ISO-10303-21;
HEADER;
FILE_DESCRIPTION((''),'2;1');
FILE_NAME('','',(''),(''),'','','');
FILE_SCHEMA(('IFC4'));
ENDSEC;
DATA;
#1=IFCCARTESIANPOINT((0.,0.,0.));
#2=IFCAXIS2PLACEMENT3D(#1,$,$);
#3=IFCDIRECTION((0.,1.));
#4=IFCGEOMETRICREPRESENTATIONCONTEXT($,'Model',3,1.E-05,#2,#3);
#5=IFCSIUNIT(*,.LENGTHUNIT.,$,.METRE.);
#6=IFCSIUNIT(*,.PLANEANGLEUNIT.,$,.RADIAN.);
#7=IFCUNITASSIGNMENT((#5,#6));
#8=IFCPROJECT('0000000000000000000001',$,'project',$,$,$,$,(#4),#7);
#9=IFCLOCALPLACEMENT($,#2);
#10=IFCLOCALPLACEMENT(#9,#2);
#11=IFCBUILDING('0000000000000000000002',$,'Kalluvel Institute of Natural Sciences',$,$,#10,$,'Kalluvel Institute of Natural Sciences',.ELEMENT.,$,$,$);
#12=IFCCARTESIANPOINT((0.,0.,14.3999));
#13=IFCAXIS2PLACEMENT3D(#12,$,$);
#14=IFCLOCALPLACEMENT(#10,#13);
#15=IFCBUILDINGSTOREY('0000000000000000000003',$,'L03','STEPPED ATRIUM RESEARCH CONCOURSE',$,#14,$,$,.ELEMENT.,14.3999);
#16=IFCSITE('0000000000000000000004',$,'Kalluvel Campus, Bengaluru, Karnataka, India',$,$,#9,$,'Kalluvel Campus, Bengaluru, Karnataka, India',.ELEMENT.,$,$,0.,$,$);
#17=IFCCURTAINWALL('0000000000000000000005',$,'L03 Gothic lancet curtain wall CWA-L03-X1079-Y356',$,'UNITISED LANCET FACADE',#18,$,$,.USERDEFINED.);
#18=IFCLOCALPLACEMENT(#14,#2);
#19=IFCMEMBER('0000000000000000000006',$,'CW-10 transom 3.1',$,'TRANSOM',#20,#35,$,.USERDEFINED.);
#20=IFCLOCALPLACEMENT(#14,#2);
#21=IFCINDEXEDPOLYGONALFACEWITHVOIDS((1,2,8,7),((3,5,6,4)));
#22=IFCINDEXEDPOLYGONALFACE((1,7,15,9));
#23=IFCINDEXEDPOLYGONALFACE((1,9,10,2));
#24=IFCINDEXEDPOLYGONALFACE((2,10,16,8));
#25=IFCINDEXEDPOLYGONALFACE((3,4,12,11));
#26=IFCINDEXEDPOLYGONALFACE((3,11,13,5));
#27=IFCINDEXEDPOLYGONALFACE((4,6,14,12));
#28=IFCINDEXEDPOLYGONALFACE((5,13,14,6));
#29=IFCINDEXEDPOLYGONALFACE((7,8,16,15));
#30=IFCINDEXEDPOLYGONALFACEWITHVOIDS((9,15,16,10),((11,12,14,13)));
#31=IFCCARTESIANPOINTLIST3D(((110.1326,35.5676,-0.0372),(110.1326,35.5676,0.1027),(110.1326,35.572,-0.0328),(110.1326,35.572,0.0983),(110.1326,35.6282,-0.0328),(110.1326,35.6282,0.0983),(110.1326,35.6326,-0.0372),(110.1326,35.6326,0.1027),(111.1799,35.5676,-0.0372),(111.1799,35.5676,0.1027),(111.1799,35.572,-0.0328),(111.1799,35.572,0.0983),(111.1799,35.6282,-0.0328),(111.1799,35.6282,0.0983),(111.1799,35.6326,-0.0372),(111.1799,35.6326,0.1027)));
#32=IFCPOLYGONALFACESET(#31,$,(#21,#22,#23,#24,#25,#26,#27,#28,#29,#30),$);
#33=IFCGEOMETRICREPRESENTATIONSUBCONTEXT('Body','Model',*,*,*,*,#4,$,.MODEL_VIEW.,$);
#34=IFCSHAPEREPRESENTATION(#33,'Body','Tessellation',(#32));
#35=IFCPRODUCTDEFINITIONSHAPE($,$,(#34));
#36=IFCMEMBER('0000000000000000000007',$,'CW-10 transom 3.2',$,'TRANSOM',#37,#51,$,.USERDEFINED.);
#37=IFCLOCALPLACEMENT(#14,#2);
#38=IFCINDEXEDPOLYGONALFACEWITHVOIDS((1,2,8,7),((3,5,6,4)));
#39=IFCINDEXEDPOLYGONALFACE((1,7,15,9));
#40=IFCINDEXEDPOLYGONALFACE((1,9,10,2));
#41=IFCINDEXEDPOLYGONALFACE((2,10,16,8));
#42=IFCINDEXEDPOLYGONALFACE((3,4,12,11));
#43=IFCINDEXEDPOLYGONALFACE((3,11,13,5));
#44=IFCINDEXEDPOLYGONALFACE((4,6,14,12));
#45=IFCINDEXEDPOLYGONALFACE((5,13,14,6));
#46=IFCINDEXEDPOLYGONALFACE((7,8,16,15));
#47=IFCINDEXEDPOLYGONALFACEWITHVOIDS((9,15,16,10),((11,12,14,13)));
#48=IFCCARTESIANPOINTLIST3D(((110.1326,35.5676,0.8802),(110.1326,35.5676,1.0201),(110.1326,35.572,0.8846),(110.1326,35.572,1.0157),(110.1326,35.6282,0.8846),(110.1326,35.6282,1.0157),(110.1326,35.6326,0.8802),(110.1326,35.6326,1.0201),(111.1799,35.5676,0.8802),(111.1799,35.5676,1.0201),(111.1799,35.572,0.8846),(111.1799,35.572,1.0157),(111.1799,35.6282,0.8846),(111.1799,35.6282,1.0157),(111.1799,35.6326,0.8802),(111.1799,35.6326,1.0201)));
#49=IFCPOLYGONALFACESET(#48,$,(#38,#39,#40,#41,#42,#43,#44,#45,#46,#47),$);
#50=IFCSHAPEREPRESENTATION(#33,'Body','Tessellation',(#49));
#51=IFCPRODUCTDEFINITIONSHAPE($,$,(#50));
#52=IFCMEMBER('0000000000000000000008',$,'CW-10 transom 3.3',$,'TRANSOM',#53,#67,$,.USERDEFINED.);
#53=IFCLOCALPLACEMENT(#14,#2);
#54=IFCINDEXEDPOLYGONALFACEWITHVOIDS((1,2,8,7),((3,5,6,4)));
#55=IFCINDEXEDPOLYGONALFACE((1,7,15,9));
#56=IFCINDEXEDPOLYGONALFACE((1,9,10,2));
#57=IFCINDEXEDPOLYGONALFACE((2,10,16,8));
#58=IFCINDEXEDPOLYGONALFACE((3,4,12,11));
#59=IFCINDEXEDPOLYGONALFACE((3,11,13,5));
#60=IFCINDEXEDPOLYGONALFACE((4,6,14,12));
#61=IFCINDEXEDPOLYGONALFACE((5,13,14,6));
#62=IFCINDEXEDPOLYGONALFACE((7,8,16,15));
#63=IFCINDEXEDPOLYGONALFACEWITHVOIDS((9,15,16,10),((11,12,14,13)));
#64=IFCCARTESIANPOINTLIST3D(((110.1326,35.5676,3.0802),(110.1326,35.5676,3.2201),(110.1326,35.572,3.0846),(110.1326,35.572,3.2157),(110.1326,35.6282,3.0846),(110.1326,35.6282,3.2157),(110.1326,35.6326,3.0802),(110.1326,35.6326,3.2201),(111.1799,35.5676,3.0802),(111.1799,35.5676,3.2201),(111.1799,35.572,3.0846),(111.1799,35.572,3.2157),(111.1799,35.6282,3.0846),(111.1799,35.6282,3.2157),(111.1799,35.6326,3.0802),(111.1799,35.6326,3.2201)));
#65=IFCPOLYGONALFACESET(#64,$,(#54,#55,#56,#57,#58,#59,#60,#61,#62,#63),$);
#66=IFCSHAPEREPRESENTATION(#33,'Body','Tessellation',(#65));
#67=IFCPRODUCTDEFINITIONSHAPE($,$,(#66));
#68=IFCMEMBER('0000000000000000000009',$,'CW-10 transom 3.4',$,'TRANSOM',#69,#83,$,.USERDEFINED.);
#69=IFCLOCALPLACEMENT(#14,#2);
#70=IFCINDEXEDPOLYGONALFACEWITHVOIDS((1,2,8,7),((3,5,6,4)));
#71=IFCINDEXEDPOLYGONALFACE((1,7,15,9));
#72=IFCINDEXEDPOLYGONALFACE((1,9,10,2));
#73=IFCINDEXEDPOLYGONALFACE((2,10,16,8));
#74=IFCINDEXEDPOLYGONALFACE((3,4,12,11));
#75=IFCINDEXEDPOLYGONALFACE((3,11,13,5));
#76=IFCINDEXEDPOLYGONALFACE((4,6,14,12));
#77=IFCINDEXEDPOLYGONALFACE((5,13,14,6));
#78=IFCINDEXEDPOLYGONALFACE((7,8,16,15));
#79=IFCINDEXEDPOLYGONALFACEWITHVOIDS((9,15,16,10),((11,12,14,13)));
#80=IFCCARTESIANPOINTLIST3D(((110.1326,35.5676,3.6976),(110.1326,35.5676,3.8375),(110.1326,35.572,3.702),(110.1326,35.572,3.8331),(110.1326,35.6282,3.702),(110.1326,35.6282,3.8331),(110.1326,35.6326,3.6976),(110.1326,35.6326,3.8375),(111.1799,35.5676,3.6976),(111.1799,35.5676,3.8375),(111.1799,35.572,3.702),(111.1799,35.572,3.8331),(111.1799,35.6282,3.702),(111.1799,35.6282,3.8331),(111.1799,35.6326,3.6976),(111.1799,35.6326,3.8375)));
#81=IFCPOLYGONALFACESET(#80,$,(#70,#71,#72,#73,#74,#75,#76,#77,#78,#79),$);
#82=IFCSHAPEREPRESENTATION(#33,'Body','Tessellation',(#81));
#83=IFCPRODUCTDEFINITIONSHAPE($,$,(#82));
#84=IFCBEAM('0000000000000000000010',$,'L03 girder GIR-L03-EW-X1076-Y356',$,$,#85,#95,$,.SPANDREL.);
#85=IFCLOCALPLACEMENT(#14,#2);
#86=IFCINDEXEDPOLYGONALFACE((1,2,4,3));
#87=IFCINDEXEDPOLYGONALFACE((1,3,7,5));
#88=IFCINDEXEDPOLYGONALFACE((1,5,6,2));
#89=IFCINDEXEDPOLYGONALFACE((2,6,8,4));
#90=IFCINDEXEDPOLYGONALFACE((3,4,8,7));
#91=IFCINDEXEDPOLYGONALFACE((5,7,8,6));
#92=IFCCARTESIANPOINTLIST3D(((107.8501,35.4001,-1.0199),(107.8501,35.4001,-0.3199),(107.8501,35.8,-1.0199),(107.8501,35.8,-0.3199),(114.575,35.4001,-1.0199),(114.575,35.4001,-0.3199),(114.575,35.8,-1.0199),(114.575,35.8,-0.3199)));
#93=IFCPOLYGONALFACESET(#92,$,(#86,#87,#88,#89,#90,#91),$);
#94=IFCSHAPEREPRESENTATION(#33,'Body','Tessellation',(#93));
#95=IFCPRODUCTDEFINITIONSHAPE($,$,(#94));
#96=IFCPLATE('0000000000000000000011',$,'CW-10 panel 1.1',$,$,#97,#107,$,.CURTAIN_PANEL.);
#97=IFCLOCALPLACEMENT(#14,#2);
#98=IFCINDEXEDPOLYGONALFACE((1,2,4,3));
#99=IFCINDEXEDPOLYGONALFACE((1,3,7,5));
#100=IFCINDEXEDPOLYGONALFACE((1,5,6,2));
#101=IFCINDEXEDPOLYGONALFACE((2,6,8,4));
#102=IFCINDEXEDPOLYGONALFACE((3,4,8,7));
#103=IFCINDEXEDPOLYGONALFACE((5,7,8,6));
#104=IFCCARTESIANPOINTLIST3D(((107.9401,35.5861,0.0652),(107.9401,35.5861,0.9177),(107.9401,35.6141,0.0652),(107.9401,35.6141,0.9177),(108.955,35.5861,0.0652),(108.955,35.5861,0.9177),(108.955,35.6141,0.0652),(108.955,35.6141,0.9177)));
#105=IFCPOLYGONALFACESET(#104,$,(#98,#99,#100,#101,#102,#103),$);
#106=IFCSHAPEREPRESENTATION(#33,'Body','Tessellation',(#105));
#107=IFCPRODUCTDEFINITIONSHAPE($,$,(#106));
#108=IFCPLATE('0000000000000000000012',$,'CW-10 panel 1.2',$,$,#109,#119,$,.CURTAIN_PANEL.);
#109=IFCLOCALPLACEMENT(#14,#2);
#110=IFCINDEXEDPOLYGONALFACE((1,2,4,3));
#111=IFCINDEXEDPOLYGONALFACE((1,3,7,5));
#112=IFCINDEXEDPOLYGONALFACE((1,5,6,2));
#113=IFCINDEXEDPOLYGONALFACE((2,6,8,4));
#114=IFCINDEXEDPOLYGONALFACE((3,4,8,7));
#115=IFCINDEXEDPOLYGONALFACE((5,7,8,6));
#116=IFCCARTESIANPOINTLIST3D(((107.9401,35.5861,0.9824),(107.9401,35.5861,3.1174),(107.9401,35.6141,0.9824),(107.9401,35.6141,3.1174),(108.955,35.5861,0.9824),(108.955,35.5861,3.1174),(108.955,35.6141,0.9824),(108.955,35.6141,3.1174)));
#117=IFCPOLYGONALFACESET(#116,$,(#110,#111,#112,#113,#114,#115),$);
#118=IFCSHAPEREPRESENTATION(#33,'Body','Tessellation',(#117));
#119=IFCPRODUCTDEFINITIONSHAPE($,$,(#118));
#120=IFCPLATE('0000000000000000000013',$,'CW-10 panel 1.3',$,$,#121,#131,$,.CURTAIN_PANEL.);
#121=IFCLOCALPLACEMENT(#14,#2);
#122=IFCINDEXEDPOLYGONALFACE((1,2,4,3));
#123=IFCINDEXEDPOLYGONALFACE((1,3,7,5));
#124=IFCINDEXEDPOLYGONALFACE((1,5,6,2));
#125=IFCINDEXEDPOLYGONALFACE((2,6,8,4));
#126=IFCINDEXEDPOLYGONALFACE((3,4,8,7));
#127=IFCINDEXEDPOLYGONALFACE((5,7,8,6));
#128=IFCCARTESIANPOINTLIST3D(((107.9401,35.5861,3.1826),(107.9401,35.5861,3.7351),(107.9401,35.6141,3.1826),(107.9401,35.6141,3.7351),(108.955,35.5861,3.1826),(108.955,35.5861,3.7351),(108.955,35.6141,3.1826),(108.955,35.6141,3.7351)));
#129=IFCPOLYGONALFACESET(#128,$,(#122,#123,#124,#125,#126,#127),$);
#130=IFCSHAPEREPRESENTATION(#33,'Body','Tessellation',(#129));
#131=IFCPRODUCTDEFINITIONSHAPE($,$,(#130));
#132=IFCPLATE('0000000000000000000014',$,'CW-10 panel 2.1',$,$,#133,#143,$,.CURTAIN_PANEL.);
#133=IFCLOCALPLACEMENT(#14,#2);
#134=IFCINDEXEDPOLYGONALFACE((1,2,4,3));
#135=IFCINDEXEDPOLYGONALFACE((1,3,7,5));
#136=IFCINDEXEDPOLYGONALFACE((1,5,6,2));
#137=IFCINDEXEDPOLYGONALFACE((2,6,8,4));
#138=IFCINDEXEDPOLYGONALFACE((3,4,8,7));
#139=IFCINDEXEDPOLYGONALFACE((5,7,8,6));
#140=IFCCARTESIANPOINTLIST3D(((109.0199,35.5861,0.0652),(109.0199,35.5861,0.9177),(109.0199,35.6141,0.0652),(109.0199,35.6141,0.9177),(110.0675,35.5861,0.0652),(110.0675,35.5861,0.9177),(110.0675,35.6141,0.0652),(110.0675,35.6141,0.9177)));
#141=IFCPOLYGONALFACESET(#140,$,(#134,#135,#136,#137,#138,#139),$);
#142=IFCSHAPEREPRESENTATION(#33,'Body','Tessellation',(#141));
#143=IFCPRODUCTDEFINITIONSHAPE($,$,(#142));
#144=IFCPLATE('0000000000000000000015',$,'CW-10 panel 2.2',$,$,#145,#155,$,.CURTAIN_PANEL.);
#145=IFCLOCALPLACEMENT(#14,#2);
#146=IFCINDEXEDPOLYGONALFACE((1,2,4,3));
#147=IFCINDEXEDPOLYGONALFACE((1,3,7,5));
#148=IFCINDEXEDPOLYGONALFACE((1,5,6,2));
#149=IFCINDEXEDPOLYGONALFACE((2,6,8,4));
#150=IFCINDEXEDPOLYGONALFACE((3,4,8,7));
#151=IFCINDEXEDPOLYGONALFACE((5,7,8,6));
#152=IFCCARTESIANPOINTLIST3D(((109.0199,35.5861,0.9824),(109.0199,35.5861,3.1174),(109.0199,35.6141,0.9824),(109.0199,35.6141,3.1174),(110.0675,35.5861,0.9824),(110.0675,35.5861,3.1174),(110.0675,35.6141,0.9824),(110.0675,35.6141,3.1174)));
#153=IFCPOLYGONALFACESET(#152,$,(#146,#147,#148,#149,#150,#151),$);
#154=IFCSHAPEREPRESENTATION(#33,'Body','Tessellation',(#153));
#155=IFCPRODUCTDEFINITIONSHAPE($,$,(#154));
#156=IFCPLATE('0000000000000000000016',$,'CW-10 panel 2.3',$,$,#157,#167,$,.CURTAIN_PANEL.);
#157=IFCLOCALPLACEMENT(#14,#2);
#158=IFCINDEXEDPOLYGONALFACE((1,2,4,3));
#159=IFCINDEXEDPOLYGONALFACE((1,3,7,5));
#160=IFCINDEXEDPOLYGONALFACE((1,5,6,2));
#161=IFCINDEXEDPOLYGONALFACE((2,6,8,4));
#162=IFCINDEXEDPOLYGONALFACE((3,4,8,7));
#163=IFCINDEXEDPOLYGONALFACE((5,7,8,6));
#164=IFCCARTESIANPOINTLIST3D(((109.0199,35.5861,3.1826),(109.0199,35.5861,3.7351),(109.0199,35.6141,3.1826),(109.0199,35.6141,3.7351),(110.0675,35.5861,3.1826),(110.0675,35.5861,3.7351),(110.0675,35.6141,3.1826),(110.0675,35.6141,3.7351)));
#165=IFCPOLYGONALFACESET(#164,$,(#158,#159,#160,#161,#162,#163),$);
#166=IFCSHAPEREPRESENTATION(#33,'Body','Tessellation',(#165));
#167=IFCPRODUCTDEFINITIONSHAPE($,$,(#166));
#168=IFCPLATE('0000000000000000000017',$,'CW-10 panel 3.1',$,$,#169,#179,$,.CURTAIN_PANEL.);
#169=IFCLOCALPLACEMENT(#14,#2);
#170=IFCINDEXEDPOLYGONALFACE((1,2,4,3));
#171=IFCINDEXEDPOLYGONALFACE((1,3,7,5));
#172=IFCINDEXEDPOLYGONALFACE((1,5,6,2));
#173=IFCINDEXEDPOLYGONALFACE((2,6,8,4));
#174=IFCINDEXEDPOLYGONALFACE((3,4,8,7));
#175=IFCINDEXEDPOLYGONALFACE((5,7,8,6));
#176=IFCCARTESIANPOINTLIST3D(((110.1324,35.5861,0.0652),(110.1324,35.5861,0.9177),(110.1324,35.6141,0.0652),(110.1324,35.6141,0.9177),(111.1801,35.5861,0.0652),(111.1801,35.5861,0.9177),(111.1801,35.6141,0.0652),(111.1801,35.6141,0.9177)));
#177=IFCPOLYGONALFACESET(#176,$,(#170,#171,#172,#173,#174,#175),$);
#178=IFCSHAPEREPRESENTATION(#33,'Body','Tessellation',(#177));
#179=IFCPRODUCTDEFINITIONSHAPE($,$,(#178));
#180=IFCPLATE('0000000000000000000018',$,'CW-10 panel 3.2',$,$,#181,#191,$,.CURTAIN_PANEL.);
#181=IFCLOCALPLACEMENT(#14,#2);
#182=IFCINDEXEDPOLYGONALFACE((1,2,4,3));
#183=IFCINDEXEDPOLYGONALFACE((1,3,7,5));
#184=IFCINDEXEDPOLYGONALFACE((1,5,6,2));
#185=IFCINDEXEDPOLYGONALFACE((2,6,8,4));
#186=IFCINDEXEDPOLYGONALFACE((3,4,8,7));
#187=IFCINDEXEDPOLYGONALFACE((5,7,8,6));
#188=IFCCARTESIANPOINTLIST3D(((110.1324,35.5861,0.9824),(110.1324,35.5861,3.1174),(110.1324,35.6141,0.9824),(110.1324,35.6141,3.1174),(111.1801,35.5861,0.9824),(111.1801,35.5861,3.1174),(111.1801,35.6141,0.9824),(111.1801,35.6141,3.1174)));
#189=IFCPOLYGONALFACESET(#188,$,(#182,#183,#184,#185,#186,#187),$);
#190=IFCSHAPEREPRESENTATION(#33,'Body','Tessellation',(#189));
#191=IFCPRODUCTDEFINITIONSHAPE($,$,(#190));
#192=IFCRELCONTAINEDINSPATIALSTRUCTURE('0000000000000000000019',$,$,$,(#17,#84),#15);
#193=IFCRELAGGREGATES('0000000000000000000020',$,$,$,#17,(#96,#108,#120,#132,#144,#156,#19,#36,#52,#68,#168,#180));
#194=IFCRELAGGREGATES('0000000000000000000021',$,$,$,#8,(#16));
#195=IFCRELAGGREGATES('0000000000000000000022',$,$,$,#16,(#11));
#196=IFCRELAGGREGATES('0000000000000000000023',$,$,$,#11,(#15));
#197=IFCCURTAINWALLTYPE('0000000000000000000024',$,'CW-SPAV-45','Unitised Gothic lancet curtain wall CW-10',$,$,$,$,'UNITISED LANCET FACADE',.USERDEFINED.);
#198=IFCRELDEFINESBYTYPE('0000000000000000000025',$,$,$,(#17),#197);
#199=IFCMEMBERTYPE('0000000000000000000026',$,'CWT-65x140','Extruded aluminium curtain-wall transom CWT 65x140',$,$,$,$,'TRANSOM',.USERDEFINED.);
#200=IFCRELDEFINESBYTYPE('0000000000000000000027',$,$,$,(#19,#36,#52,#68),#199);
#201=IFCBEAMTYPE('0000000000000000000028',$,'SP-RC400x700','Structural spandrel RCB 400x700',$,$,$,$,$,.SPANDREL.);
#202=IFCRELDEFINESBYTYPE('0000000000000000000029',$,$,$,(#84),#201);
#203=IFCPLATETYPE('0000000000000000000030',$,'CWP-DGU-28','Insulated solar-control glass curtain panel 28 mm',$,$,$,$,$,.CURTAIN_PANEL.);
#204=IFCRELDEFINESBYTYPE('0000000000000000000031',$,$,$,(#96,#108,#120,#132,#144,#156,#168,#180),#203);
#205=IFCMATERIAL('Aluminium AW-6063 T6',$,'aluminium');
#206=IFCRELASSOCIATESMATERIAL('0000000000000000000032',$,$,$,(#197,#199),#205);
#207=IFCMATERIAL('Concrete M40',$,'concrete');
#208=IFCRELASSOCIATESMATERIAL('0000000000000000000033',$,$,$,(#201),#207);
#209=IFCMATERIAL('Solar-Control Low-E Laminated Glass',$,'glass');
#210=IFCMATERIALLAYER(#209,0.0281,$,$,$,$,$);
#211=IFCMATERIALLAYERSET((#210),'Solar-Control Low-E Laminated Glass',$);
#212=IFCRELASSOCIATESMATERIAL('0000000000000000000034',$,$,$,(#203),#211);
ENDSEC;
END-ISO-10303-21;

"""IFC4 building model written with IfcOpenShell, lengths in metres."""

from ifc_helpers import new_model, si_unit, direction, frame, origin, origin_2d, place, context, subcontext, project, spatial, rectangle, hollow_rectangle, extrude, material, layer, layer_set, material_profile, profile_set, type_object, element, aggregate, save


model = new_model("IFC4")

# Units and contexts
model_context = context("Model", 3, precision=1e-05, world=origin(), true_north=direction((0.0, 1.0)))
body_context = subcontext(model_context, "Body", "Model", "MODEL_VIEW")
ifc_project = project(units=[si_unit("LENGTHUNIT", "METRE"), si_unit("PLANEANGLEUNIT", "RADIAN")], contexts=[model_context])

# Site, building, storey
site_placement = place(None, origin())
site = spatial("IfcSite", under=ifc_project, at=site_placement, Name="Kalluvel Campus, Bengaluru, Karnataka, India", LongName="Kalluvel Campus, Bengaluru, Karnataka, India", CompositionType="ELEMENT", RefElevation=0.0)
building_placement = place(site_placement, origin())
building = spatial("IfcBuilding", under=site, at=building_placement, Name="Kalluvel Institute of Natural Sciences", LongName="Kalluvel Institute of Natural Sciences", CompositionType="ELEMENT")
storey_placement = place(building_placement, frame((0.0, 0.0, 14.3999)))
storey = spatial("IfcBuildingStorey", under=building, at=storey_placement, Name="L03", Description="STEPPED ATRIUM RESEARCH CONCOURSE", CompositionType="ELEMENT", Elevation=14.3999)

# Curtain wall, members
ifc_material_1 = material(Name="Aluminium AW-6063 T6", Category="aluminium")
curtain_wall_type = type_object("IfcCurtainWallType", Name="CW-SPAV-45", Description="Unitised Gothic lancet curtain wall CW-10", ElementType="UNITISED LANCET FACADE", PredefinedType="USERDEFINED", material=ifc_material_1)
curtain_wall_placement = place(storey_placement, origin())
curtain_wall = element("IfcCurtainWall", 1, at=curtain_wall_placement, inside=storey, type_object=curtain_wall_type, Name="L03 Gothic lancet curtain wall CWA-L03-X1079-Y356", ObjectType="UNITISED LANCET FACADE", PredefinedType="USERDEFINED")
ifc_material_profile_1 = material_profile(ifc_material_1, hollow_rectangle(XDim=0.0649, YDim=0.1399, WallThickness=0.0044, at=origin_2d()), Name="CWT 65x140")
ifc_profile_set_1 = profile_set([ifc_material_profile_1], Name="Aluminium AW-6063 T6")
member_type_1 = type_object("IfcMemberType", Name="CWT-65x140", Description="Extruded aluminium curtain-wall transom CWT 65x140", ElementType="TRANSOM", PredefinedType="USERDEFINED", material=ifc_profile_set_1)
member_1_placement = place(storey_placement, frame((110.1326, 35.6001, 0.0327), z_axis=(1.0, 0.0, 0.0), x_axis=(0.0, 1.0, 0.0)))
member_1 = element("IfcMember", 2, at=member_1_placement, type_object=member_type_1, Name="CW-10 transom 3.1", ObjectType="TRANSOM", PredefinedType="USERDEFINED", context=body_context, shape_type="SweptSolid", body=[
    extrude(hollow_rectangle(XDim=0.0649, YDim=0.1399, WallThickness=0.0044, at=origin_2d()), origin(), (0.0, 0.0, 1.0), 1.0474),
])
member_2_placement = place(storey_placement, frame((110.1326, 35.6001, 0.9502), z_axis=(1.0, 0.0, 0.0), x_axis=(0.0, 1.0, 0.0)))
member_2 = element("IfcMember", 3, at=member_2_placement, type_object=member_type_1, Name="CW-10 transom 3.2", ObjectType="TRANSOM", PredefinedType="USERDEFINED", context=body_context, shape_type="SweptSolid", body=[
    extrude(hollow_rectangle(XDim=0.0649, YDim=0.1399, WallThickness=0.0044, at=origin_2d()), origin(), (0.0, 0.0, 1.0), 1.0474),
])
member_3_placement = place(storey_placement, frame((110.1326, 35.6001, 3.1501), z_axis=(1.0, 0.0, 0.0), x_axis=(0.0, 1.0, 0.0)))
member_3 = element("IfcMember", 4, at=member_3_placement, type_object=member_type_1, Name="CW-10 transom 3.3", ObjectType="TRANSOM", PredefinedType="USERDEFINED", context=body_context, shape_type="SweptSolid", body=[
    extrude(hollow_rectangle(XDim=0.0649, YDim=0.1399, WallThickness=0.0044, at=origin_2d()), origin(), (0.0, 0.0, 1.0), 1.0474),
])
member_4_placement = place(storey_placement, frame((110.1326, 35.6001, 3.7676), z_axis=(1.0, 0.0, 0.0), x_axis=(0.0, 1.0, 0.0)))
member_4 = element("IfcMember", 5, at=member_4_placement, type_object=member_type_1, Name="CW-10 transom 3.4", ObjectType="TRANSOM", PredefinedType="USERDEFINED", context=body_context, shape_type="SweptSolid", body=[
    extrude(hollow_rectangle(XDim=0.0649, YDim=0.1399, WallThickness=0.0044, at=origin_2d()), origin(), (0.0, 0.0, 1.0), 1.0474),
])

# Beam
ifc_material_2 = material(Name="Concrete M40", Category="concrete")
ifc_material_profile_2 = material_profile(ifc_material_2, rectangle(XDim=0.3999, YDim=0.7, at=origin_2d()), Name="RCB 400x700")
ifc_profile_set_2 = profile_set([ifc_material_profile_2], Name="Concrete M40")
beam_type = type_object("IfcBeamType", Name="SP-RC400x700", Description="Structural spandrel RCB 400x700", PredefinedType="SPANDREL", material=ifc_profile_set_2)
beam_placement = place(storey_placement, frame((107.8501, 35.6001, -0.6699), z_axis=(1.0, 0.0, 0.0), x_axis=(0.0, 1.0, 0.0)))
element("IfcBeam", 6, at=beam_placement, inside=storey, type_object=beam_type, Name="L03 girder GIR-L03-EW-X1076-Y356", PredefinedType="SPANDREL", context=body_context, shape_type="SweptSolid", body=[
    extrude(rectangle(XDim=0.3999, YDim=0.7, at=origin_2d()), origin(), (0.0, 0.0, 1.0), 6.7249),
])

# Plates
ifc_material_3 = material(Name="Solar-Control Low-E Laminated Glass", Category="glass")
ifc_layer = layer(ifc_material_3, 0.0281)
ifc_layer_set = layer_set([ifc_layer], Name="Solar-Control Low-E Laminated Glass")
plate_type = type_object("IfcPlateType", Name="CWP-DGU-28", Description="Insulated solar-control glass curtain panel 28 mm", PredefinedType="CURTAIN_PANEL", material=ifc_layer_set)
plate_1_placement = place(storey_placement, frame((108.4475, 35.6001, 0.0652), z_axis=(0.0, 0.0, 1.0), x_axis=(1.0, 0.0, 0.0)))
plate_1 = element("IfcPlate", 7, at=plate_1_placement, type_object=plate_type, Name="CW-10 panel 1.1", PredefinedType="CURTAIN_PANEL", context=body_context, shape_type="SweptSolid", body=[
    extrude(rectangle(XDim=1.0149, YDim=0.0281, at=origin_2d()), origin(), (0.0, 0.0, 1.0), 0.8525),
])
plate_2_placement = place(storey_placement, frame((108.4475, 35.6001, 0.9824), z_axis=(0.0, 0.0, 1.0), x_axis=(1.0, 0.0, 0.0)))
plate_2 = element("IfcPlate", 8, at=plate_2_placement, type_object=plate_type, Name="CW-10 panel 1.2", PredefinedType="CURTAIN_PANEL", context=body_context, shape_type="SweptSolid", body=[
    extrude(rectangle(XDim=1.0149, YDim=0.0281, at=origin_2d()), origin(), (0.0, 0.0, 1.0), 2.135),
])
plate_3_placement = place(storey_placement, frame((108.4475, 35.6001, 3.1826), z_axis=(0.0, 0.0, 1.0), x_axis=(1.0, 0.0, 0.0)))
plate_3 = element("IfcPlate", 9, at=plate_3_placement, type_object=plate_type, Name="CW-10 panel 1.3", PredefinedType="CURTAIN_PANEL", context=body_context, shape_type="SweptSolid", body=[
    extrude(rectangle(XDim=1.0149, YDim=0.0281, at=origin_2d()), origin(), (0.0, 0.0, 1.0), 0.5525),
])
plate_4_placement = place(storey_placement, frame((109.5437, 35.6001, 0.0652), z_axis=(0.0, 0.0, 1.0), x_axis=(1.0, 0.0, 0.0)))
plate_4 = element("IfcPlate", 10, at=plate_4_placement, type_object=plate_type, Name="CW-10 panel 2.1", PredefinedType="CURTAIN_PANEL", context=body_context, shape_type="SweptSolid", body=[
    extrude(rectangle(XDim=1.0476, YDim=0.0281, at=origin_2d()), origin(), (0.0, 0.0, 1.0), 0.8525),
])
plate_5_placement = place(storey_placement, frame((109.5437, 35.6001, 0.9824), z_axis=(0.0, 0.0, 1.0), x_axis=(1.0, 0.0, 0.0)))
plate_5 = element("IfcPlate", 11, at=plate_5_placement, type_object=plate_type, Name="CW-10 panel 2.2", PredefinedType="CURTAIN_PANEL", context=body_context, shape_type="SweptSolid", body=[
    extrude(rectangle(XDim=1.0476, YDim=0.0281, at=origin_2d()), origin(), (0.0, 0.0, 1.0), 2.135),
])
plate_6_placement = place(storey_placement, frame((109.5437, 35.6001, 3.1826), z_axis=(0.0, 0.0, 1.0), x_axis=(1.0, 0.0, 0.0)))
plate_6 = element("IfcPlate", 12, at=plate_6_placement, type_object=plate_type, Name="CW-10 panel 2.3", PredefinedType="CURTAIN_PANEL", context=body_context, shape_type="SweptSolid", body=[
    extrude(rectangle(XDim=1.0476, YDim=0.0281, at=origin_2d()), origin(), (0.0, 0.0, 1.0), 0.5525),
])
plate_7_placement = place(storey_placement, frame((110.6562, 35.6001, 0.0652), z_axis=(0.0, 0.0, 1.0), x_axis=(1.0, 0.0, 0.0)))
plate_7 = element("IfcPlate", 13, at=plate_7_placement, type_object=plate_type, Name="CW-10 panel 3.1", PredefinedType="CURTAIN_PANEL", context=body_context, shape_type="SweptSolid", body=[
    extrude(rectangle(XDim=1.0476, YDim=0.0281, at=origin_2d()), origin(), (0.0, 0.0, 1.0), 0.8525),
])
plate_8_placement = place(storey_placement, frame((110.6562, 35.6001, 0.9824), z_axis=(0.0, 0.0, 1.0), x_axis=(1.0, 0.0, 0.0)))
plate_8 = element("IfcPlate", 14, at=plate_8_placement, type_object=plate_type, Name="CW-10 panel 3.2", PredefinedType="CURTAIN_PANEL", context=body_context, shape_type="SweptSolid", body=[
    extrude(rectangle(XDim=1.0476, YDim=0.0281, at=origin_2d()), origin(), (0.0, 0.0, 1.0), 2.135),
])
aggregate(curtain_wall, [plate_1, plate_2, plate_3, plate_4, plate_5, plate_6, member_1, member_2, member_3, member_4, plate_7, plate_8])

save(model, "model.ifc")
